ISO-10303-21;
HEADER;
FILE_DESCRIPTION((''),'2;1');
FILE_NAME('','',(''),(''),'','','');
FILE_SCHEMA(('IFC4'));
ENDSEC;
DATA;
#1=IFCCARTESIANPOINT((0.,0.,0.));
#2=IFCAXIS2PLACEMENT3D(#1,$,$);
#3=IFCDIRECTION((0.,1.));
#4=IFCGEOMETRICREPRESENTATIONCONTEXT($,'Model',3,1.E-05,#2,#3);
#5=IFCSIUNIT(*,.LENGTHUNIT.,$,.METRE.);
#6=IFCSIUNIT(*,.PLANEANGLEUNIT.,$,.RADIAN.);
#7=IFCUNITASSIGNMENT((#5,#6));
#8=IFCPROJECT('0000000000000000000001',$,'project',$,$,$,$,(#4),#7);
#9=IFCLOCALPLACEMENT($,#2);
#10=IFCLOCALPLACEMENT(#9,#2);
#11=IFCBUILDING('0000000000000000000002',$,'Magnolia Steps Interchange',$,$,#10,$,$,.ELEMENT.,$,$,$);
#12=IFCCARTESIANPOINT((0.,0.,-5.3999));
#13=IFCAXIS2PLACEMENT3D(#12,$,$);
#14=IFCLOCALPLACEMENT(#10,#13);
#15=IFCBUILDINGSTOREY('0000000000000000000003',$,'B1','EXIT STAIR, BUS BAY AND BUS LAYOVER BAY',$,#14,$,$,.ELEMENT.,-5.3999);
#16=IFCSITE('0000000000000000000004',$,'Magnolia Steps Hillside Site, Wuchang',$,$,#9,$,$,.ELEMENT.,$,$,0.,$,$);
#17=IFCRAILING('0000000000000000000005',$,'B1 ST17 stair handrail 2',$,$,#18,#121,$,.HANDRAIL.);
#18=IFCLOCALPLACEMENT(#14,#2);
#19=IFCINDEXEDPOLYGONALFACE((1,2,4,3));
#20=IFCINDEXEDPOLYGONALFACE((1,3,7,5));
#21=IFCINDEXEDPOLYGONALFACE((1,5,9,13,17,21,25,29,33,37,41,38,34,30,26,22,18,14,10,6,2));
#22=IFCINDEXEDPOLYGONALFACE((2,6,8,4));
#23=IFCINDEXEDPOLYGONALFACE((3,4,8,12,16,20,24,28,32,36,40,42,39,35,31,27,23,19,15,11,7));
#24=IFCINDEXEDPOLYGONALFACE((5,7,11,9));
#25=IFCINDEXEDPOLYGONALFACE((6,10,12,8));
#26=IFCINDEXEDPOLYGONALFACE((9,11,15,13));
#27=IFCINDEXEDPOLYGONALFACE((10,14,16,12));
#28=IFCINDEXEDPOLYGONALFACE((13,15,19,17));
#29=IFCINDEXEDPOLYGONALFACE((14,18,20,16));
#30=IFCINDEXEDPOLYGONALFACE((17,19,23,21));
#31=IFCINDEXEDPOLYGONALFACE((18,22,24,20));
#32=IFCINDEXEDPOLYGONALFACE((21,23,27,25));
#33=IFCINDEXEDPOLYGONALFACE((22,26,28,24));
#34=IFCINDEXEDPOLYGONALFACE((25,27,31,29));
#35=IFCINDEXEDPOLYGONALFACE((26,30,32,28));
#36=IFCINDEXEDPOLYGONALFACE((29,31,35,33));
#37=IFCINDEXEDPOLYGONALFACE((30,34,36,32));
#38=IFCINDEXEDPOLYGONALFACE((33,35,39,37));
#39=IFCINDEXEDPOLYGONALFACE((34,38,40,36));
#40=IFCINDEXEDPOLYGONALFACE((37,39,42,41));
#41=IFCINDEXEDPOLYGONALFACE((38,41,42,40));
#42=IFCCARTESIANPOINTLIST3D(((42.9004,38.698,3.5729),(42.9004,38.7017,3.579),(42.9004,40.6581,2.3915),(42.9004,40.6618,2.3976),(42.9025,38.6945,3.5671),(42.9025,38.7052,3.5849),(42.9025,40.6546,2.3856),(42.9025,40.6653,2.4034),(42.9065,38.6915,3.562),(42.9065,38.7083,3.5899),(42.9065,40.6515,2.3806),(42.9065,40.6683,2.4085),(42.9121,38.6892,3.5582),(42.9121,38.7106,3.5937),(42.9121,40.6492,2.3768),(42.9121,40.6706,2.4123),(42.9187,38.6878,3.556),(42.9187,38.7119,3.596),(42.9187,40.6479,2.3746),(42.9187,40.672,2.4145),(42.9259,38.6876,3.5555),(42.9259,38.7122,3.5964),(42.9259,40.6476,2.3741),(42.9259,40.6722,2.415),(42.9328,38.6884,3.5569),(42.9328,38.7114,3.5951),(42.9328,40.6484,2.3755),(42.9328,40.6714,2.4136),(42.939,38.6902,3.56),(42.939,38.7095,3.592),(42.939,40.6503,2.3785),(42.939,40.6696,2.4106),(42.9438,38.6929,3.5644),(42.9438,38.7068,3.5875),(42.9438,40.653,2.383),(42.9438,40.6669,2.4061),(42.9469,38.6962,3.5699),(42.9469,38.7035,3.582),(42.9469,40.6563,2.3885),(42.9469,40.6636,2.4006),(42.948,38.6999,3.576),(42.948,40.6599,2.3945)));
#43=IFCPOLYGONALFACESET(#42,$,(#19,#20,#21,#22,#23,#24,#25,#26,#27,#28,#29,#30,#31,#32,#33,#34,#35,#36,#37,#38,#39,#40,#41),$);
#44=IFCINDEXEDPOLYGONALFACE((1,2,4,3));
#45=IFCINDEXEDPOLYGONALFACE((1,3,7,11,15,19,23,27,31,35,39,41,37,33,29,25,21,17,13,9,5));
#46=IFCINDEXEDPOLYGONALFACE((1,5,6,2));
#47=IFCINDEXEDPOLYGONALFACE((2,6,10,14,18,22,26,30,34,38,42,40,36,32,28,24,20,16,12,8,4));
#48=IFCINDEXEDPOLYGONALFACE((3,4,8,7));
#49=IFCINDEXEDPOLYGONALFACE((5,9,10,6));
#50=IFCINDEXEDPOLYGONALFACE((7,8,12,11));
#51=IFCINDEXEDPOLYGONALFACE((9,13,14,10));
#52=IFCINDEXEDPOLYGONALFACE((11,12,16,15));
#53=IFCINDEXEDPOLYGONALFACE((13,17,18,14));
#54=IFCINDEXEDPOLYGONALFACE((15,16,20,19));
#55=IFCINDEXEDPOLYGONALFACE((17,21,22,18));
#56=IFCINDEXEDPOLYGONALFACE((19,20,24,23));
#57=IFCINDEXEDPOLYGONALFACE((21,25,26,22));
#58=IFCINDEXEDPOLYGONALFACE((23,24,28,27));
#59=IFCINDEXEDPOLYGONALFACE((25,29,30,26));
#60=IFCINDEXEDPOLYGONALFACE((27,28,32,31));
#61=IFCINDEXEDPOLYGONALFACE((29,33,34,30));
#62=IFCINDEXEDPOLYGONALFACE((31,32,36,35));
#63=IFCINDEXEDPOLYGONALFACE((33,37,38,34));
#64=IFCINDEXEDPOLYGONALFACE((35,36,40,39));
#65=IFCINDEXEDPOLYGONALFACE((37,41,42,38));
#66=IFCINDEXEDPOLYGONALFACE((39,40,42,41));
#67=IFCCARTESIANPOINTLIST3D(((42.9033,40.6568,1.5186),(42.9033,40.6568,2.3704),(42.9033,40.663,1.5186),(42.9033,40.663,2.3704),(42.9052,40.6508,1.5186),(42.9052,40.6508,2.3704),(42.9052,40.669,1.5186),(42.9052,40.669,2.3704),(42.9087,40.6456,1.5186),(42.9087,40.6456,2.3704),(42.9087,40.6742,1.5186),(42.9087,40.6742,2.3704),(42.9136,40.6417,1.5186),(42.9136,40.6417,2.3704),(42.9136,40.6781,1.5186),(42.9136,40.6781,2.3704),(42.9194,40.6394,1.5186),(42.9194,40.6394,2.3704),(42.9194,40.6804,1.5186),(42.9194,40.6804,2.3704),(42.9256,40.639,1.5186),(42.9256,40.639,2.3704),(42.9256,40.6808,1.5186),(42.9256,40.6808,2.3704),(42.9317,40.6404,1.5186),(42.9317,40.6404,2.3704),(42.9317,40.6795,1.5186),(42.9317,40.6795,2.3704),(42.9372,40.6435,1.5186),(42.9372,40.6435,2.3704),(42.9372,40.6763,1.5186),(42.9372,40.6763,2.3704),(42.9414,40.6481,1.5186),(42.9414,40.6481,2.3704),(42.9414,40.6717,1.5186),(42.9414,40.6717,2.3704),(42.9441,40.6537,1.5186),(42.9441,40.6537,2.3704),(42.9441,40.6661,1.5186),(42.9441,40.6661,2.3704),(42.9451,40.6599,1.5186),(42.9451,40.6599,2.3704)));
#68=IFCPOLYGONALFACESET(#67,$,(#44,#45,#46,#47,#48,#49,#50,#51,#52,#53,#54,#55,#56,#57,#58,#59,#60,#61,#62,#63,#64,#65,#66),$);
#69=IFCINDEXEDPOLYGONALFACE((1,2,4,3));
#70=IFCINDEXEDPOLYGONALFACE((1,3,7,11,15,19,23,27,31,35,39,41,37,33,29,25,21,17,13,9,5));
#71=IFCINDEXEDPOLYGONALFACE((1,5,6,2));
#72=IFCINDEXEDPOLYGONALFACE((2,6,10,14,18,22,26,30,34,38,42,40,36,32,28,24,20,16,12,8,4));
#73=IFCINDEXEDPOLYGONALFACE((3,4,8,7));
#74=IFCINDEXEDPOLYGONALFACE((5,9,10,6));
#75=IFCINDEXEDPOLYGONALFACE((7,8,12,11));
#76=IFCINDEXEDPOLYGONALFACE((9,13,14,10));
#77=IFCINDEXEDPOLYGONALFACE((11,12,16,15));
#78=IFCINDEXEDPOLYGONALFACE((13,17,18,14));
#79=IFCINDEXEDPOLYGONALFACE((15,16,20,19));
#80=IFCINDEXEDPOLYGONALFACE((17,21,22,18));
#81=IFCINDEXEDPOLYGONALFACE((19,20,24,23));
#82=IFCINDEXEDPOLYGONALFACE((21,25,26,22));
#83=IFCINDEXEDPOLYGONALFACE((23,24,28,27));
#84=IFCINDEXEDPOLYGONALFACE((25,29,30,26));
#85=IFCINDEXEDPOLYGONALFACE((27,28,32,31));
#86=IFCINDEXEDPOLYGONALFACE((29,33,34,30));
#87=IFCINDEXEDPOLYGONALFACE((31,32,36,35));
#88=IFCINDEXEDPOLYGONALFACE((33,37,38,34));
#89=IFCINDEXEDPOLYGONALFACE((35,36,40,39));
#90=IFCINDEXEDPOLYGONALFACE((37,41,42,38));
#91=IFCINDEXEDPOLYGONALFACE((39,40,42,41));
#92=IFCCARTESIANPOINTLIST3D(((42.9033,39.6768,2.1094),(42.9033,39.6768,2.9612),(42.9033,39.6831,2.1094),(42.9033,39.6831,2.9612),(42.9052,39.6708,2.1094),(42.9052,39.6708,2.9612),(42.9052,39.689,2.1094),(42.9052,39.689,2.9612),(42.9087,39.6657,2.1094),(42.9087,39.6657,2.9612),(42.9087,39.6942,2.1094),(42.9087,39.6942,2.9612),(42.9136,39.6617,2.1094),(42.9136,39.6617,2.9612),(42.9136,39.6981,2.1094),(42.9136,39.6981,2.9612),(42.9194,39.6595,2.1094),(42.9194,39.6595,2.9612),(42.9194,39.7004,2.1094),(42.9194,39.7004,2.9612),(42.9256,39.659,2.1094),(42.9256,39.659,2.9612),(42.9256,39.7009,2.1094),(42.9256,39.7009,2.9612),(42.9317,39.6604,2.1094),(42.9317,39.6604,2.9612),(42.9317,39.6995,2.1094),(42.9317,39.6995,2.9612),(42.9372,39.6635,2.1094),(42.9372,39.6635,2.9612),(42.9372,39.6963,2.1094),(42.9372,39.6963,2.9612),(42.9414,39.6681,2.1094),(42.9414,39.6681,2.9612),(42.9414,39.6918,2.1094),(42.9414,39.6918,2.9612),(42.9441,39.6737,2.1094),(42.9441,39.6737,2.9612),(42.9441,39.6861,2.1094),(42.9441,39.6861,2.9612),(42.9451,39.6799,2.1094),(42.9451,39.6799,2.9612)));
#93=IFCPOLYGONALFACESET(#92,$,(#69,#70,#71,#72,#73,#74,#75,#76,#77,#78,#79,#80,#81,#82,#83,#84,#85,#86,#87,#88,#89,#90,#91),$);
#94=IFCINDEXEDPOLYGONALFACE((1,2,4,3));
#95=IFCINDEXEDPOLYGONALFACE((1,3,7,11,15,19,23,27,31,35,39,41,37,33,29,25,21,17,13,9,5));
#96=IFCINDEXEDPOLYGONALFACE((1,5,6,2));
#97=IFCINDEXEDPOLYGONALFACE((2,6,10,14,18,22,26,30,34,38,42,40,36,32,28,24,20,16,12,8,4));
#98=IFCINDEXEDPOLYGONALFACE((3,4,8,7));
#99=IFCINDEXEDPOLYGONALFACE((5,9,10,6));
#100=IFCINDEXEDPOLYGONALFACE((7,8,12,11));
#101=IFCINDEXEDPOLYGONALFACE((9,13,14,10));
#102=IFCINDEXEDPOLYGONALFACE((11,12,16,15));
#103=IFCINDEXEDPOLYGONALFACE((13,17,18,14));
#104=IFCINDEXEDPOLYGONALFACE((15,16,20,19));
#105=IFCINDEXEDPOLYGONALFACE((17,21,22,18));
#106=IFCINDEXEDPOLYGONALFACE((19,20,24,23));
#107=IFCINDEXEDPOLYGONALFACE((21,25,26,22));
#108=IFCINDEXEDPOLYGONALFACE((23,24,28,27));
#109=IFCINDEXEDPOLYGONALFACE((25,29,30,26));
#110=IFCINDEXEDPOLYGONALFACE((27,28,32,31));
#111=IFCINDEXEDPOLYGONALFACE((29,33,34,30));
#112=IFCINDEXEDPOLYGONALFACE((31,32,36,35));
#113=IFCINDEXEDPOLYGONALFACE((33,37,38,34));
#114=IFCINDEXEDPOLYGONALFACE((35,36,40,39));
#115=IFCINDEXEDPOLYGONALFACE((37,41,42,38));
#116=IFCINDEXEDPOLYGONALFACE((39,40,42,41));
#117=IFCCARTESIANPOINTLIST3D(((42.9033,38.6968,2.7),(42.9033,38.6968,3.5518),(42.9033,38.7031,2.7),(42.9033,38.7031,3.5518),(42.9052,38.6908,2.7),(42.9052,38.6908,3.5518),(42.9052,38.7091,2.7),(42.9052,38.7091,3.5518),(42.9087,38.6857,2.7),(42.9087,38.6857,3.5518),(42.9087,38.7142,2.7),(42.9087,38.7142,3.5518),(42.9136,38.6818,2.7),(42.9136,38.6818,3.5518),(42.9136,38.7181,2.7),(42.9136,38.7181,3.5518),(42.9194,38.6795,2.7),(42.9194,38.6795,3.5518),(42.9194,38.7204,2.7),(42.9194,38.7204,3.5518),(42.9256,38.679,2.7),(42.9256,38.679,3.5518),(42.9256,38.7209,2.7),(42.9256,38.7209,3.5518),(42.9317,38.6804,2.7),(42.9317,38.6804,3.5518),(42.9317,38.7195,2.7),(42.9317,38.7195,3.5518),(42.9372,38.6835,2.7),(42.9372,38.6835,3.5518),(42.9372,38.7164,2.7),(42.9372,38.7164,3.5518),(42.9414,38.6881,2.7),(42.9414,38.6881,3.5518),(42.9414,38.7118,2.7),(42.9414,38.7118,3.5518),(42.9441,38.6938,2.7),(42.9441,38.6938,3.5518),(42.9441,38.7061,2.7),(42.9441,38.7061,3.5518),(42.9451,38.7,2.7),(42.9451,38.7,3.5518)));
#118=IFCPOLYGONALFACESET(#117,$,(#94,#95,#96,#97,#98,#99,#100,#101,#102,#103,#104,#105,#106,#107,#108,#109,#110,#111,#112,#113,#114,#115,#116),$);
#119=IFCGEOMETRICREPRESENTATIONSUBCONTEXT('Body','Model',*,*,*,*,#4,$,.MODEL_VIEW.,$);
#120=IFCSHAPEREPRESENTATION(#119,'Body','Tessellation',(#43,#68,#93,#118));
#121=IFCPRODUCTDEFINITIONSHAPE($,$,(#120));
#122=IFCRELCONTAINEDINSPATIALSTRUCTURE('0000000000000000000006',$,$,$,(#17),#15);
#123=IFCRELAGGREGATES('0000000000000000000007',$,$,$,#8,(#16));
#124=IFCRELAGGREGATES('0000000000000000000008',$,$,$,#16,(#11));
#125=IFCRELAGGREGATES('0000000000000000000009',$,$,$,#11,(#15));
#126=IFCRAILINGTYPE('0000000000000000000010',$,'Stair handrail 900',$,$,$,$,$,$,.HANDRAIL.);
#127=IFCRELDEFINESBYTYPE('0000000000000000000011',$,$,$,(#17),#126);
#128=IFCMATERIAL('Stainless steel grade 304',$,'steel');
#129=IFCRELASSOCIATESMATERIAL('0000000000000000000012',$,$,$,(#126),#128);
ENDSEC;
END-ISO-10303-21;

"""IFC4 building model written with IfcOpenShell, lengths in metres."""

from ifc_helpers import new_model, si_unit, direction, frame, origin, origin_2d, place, context, subcontext, project, spatial, circle, extrude, material, type_object, element, save


model = new_model("IFC4")

# Units and contexts
model_context = context("Model", 3, precision=1e-05, world=origin(), true_north=direction((0.0, 1.0)))
body_context = subcontext(model_context, "Body", "Model", "MODEL_VIEW")
ifc_project = project(units=[si_unit("LENGTHUNIT", "METRE"), si_unit("PLANEANGLEUNIT", "RADIAN")], contexts=[model_context])

# Site, building, storey
site_placement = place(None, origin())
site = spatial("IfcSite", under=ifc_project, at=site_placement, Name="Magnolia Steps Hillside Site, Wuchang", CompositionType="ELEMENT", RefElevation=0.0)
building_placement = place(site_placement, origin())
building = spatial("IfcBuilding", under=site, at=building_placement, Name="Magnolia Steps Interchange", CompositionType="ELEMENT")
storey_placement = place(building_placement, frame((0.0, 0.0, -5.3999)))
storey = spatial("IfcBuildingStorey", under=building, at=storey_placement, Name="B1", Description="EXIT STAIR, BUS BAY AND BUS LAYOVER BAY", CompositionType="ELEMENT", Elevation=-5.3999)

# Railing
ifc_material_1 = material(Name="Stainless steel grade 304", Category="steel")
railing_type_1 = type_object("IfcRailingType", Name="Stair handrail 900", PredefinedType="HANDRAIL", material=ifc_material_1)
railing_1_placement = place(storey_placement, frame((42.9241, 40.6599, 1.5186)))
element("IfcRailing", 1, at=railing_1_placement, inside=storey, type_object=railing_type_1, Name="B1 ST17 stair handrail 2", PredefinedType="HANDRAIL", context=body_context, shape_type="SweptSolid", body=[
    extrude(circle(Radius=0.0239, at=origin_2d()), frame((0.0, 0.0, 0.876), z_axis=(0.0, -0.856446, 0.516236), x_axis=(1.0, 0.0, 0.0)), (0.0, 0.0, 1.0), 2.2886),
    extrude(circle(Radius=0.021, at=origin_2d()), origin(), (0.0, 0.0, 1.0), 0.8518),
    extrude(circle(Radius=0.021, at=origin_2d()), frame((0.0, -0.98, 0.5908)), (0.0, 0.0, 1.0), 0.8518),
    extrude(circle(Radius=0.021, at=origin_2d()), frame((0.0, -1.96, 1.1814)), (0.0, 0.0, 1.0), 0.8518),
])

save(model, "model.ifc")
